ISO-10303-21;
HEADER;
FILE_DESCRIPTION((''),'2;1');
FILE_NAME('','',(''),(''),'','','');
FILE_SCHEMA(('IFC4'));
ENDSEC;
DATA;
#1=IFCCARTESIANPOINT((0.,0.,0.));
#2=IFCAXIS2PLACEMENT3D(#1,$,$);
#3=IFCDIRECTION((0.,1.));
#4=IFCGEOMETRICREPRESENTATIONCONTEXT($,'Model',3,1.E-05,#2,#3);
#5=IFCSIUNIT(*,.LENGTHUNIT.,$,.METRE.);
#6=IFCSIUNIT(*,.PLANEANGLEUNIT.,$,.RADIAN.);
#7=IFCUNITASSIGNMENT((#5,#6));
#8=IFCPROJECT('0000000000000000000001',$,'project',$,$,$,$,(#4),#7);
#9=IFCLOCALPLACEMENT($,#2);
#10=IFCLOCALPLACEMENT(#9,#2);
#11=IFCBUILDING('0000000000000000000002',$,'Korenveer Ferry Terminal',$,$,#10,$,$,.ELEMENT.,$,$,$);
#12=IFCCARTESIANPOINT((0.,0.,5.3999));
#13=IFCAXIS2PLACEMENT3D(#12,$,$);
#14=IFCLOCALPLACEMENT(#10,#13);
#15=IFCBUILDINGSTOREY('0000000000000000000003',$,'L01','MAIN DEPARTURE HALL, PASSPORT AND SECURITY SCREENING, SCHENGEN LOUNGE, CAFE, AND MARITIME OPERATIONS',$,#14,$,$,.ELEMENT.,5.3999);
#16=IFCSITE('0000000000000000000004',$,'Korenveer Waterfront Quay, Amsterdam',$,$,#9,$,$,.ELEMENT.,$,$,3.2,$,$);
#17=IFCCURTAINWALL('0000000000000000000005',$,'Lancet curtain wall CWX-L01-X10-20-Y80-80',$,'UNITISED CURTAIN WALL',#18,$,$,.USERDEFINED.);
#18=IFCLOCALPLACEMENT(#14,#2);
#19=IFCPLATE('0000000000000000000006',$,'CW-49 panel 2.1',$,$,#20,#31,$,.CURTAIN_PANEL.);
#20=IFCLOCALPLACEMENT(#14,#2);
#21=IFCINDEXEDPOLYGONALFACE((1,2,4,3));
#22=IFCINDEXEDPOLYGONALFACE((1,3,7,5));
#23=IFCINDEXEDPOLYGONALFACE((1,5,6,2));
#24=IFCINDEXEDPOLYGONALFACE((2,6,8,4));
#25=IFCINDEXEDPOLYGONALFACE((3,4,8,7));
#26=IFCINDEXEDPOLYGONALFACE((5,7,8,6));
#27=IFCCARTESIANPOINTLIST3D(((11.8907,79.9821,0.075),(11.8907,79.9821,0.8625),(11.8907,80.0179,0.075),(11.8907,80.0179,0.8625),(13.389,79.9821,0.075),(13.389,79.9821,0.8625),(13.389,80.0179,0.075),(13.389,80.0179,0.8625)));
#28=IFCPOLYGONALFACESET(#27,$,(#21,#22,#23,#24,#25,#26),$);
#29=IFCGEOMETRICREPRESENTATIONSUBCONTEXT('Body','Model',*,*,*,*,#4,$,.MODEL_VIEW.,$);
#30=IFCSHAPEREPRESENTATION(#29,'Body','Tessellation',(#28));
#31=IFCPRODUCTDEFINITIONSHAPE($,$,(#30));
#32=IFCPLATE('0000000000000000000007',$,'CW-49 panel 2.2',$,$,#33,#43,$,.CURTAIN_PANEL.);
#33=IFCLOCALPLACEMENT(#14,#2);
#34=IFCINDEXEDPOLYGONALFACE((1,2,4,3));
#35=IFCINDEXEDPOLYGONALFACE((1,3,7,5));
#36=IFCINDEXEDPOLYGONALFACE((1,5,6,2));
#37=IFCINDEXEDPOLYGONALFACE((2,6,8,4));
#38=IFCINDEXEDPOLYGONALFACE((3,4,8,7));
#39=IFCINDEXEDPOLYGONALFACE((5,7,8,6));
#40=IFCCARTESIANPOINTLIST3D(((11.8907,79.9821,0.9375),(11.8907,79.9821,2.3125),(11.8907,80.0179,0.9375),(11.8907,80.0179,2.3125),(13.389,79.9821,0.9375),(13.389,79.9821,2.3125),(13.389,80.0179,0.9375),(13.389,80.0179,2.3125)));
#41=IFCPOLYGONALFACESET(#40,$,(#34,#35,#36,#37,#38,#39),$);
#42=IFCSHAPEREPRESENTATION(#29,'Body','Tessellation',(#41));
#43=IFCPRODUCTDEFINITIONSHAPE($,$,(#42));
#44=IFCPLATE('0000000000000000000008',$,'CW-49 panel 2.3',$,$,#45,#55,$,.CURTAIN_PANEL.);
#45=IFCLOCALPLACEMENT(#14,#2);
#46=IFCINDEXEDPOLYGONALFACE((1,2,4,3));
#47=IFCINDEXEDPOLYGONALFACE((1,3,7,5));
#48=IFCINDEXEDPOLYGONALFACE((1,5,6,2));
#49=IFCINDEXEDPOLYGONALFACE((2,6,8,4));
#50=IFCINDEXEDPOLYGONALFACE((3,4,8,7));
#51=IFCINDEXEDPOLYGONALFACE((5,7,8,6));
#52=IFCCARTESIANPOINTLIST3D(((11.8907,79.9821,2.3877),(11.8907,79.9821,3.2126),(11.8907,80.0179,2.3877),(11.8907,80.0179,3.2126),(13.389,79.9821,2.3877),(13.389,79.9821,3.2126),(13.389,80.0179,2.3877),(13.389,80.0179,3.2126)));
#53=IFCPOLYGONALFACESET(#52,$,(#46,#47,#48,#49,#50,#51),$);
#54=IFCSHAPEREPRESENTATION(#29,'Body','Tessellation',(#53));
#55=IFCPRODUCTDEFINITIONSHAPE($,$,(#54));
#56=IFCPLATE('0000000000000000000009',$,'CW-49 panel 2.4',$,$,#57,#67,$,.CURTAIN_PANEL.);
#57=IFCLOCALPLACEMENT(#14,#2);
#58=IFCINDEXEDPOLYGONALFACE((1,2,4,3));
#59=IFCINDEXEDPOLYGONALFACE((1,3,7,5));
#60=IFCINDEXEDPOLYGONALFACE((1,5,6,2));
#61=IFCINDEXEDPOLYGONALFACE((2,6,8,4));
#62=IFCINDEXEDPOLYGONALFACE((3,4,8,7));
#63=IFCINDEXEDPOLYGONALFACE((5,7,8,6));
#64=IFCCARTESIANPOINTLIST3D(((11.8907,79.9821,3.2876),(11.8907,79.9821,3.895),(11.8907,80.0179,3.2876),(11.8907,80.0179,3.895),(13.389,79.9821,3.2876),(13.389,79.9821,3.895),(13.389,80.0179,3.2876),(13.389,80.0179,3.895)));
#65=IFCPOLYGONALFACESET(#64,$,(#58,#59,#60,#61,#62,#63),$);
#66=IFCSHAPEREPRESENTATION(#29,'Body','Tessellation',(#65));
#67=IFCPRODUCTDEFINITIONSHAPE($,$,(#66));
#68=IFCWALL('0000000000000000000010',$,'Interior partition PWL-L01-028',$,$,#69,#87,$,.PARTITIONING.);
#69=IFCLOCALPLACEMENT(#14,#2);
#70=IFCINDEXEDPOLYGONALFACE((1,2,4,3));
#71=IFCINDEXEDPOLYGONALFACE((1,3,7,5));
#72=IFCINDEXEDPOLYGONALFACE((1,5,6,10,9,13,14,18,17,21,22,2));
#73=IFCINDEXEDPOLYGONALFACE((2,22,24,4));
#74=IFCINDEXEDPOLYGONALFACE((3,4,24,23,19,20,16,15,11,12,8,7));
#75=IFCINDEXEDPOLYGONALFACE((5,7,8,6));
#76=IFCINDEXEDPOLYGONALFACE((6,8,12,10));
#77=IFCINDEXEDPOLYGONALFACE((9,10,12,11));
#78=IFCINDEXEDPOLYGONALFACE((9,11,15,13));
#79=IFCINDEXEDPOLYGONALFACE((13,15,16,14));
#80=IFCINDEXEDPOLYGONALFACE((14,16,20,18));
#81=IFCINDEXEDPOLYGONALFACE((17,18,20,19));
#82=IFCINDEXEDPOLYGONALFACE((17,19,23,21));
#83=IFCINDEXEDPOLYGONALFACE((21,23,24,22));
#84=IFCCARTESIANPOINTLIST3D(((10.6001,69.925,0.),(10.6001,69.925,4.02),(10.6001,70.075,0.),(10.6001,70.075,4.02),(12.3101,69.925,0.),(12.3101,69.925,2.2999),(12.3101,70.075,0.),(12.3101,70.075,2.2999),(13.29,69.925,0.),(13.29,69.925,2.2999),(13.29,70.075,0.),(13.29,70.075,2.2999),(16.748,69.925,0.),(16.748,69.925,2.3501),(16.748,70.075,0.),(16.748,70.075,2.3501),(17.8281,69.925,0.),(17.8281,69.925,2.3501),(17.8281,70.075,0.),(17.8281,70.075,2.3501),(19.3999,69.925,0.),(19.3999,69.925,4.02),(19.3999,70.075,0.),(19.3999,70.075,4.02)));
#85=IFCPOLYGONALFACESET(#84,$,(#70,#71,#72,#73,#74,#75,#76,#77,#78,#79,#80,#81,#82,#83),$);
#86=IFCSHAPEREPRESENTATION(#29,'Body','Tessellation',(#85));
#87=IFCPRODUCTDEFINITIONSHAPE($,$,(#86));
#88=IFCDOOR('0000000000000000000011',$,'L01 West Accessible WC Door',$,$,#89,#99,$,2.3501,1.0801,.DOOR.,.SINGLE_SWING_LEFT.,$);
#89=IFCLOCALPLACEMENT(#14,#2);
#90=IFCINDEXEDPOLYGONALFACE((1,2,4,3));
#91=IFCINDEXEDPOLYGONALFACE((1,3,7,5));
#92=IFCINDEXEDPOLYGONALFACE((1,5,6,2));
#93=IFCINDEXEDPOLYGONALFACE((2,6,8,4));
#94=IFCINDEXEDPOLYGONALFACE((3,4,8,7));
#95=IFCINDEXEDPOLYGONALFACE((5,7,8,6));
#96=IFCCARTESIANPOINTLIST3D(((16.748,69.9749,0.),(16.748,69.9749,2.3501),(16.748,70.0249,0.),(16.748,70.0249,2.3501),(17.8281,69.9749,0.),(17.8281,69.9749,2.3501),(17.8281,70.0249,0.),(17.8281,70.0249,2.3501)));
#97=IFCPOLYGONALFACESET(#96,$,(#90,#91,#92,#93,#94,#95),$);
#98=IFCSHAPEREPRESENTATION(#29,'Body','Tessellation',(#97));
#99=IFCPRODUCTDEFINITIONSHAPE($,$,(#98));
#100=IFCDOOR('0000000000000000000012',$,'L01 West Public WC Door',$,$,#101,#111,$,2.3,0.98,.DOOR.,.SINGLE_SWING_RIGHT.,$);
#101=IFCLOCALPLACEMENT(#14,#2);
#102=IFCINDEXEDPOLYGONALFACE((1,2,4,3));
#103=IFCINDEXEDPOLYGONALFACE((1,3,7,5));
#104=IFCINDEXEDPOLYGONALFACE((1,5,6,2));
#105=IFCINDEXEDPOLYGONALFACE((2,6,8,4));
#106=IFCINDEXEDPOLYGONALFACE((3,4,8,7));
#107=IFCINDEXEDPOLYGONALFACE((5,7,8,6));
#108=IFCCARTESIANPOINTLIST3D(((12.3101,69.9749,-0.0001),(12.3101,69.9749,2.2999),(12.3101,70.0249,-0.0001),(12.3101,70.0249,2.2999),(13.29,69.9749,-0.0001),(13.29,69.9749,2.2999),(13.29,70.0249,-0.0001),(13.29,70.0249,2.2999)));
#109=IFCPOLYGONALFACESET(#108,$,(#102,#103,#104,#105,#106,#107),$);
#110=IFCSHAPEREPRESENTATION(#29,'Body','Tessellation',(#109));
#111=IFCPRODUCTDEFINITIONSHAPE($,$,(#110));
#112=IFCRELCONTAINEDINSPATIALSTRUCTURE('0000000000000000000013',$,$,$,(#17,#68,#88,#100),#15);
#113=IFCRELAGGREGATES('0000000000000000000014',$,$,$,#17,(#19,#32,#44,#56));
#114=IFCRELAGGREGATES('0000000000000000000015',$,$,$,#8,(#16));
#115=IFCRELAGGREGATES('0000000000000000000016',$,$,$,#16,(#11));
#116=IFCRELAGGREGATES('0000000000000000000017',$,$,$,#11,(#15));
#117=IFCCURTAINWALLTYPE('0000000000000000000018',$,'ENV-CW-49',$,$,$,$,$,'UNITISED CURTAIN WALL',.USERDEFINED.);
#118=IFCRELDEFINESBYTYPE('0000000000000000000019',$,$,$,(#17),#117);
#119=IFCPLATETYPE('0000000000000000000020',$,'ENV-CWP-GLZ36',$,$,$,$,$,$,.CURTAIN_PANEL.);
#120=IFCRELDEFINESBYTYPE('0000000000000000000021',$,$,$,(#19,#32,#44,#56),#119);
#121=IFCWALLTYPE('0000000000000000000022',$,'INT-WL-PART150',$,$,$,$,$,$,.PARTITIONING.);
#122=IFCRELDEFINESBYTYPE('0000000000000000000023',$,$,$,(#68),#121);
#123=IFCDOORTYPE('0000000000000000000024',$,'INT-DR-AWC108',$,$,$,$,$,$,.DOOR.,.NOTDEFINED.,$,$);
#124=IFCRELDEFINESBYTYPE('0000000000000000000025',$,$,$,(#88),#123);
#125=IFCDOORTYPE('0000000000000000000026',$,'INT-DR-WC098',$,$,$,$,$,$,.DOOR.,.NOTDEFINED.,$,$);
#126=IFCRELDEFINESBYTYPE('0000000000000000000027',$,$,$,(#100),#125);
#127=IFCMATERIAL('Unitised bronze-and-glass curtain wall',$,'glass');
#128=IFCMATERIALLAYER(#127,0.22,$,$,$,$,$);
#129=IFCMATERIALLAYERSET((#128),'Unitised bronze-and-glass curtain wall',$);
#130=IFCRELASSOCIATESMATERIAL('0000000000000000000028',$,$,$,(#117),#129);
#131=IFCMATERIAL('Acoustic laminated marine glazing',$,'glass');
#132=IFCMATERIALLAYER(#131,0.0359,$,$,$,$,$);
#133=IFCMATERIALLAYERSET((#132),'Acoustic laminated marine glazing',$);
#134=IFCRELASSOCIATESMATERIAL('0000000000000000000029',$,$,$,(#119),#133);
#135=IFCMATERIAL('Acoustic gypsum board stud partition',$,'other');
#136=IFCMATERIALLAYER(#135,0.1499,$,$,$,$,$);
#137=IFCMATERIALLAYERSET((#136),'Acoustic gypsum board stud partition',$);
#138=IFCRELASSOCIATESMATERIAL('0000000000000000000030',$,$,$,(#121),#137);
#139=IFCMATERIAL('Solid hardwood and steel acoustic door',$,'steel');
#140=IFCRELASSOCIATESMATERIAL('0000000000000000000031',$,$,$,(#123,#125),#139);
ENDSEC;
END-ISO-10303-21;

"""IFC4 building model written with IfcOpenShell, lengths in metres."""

from ifc_helpers import new_model, si_unit, direction, frame, frame_2d, origin, origin_2d, place, context, subcontext, project, spatial, rectangle, extrude, material, layer, layer_set, type_object, element, fill, aggregate, save


model = new_model("IFC4")

# Units and contexts
model_context = context("Model", 3, precision=1e-05, world=origin(), true_north=direction((0.0, 1.0)))
body_context = subcontext(model_context, "Body", "Model", "MODEL_VIEW")
ifc_project = project(units=[si_unit("LENGTHUNIT", "METRE"), si_unit("PLANEANGLEUNIT", "RADIAN")], contexts=[model_context])

# Site, building, storey
site_placement = place(None, origin())
site = spatial("IfcSite", under=ifc_project, at=site_placement, Name="Korenveer Waterfront Quay, Amsterdam", CompositionType="ELEMENT", RefElevation=3.2)
building_placement = place(site_placement, origin())
building = spatial("IfcBuilding", under=site, at=building_placement, Name="Korenveer Ferry Terminal", CompositionType="ELEMENT")
storey_placement = place(building_placement, frame((0.0, 0.0, 5.3999)))
storey = spatial("IfcBuildingStorey", under=building, at=storey_placement, Name="L01", Description="MAIN DEPARTURE HALL, PASSPORT AND SECURITY SCREENING, SCHENGEN LOUNGE, CAFE, AND MARITIME OPERATIONS", CompositionType="ELEMENT", Elevation=5.3999)

# Shared definitions
ifc_material_1 = material(Name="Unitised bronze-and-glass curtain wall", Category="glass")

# Curtain wall
ifc_layer_1 = layer(ifc_material_1, 0.22)
ifc_layer_set_1 = layer_set([ifc_layer_1], Name="Unitised bronze-and-glass curtain wall")
curtain_wall_type_1 = type_object("IfcCurtainWallType", Name="ENV-CW-49", ElementType="UNITISED CURTAIN WALL", PredefinedType="USERDEFINED", material=ifc_layer_set_1)
curtain_wall_1_placement = place(storey_placement, frame((10.28, 80.0, 0.0)))
curtain_wall_1 = element("IfcCurtainWall", 1, at=curtain_wall_1_placement, inside=storey, type_object=curtain_wall_type_1, Name="Lancet curtain wall CWX-L01-X10-20-Y80-80", ObjectType="UNITISED CURTAIN WALL", PredefinedType="USERDEFINED")

# Plates
ifc_material_2 = material(Name="Acoustic laminated marine glazing", Category="glass")
ifc_layer_2 = layer(ifc_material_2, 0.0359)
ifc_layer_set_2 = layer_set([ifc_layer_2], Name="Acoustic laminated marine glazing")
plate_type = type_object("IfcPlateType", Name="ENV-CWP-GLZ36", PredefinedType="CURTAIN_PANEL", material=ifc_layer_set_2)
plate_1_placement = place(storey_placement, frame((12.6399, 80.0, 0.075), z_axis=(0.0, 0.0, 1.0), x_axis=(1.0, 0.0, 0.0)))
plate_1 = element("IfcPlate", 2, at=plate_1_placement, type_object=plate_type, Name="CW-49 panel 2.1", PredefinedType="CURTAIN_PANEL", context=body_context, shape_type="SweptSolid", body=[
    extrude(rectangle(XDim=1.4983, YDim=0.0359, at=origin_2d()), origin(), (0.0, 0.0, 1.0), 0.7876),
])
plate_2_placement = place(storey_placement, frame((12.6399, 80.0, 0.9375), z_axis=(0.0, 0.0, 1.0), x_axis=(1.0, 0.0, 0.0)))
plate_2 = element("IfcPlate", 3, at=plate_2_placement, type_object=plate_type, Name="CW-49 panel 2.2", PredefinedType="CURTAIN_PANEL", context=body_context, shape_type="SweptSolid", body=[
    extrude(rectangle(XDim=1.4983, YDim=0.0359, at=origin_2d()), origin(), (0.0, 0.0, 1.0), 1.375),
])
plate_3_placement = place(storey_placement, frame((12.6399, 80.0, 2.3877), z_axis=(0.0, 0.0, 1.0), x_axis=(1.0, 0.0, 0.0)))
plate_3 = element("IfcPlate", 4, at=plate_3_placement, type_object=plate_type, Name="CW-49 panel 2.3", PredefinedType="CURTAIN_PANEL", context=body_context, shape_type="SweptSolid", body=[
    extrude(rectangle(XDim=1.4983, YDim=0.0359, at=origin_2d()), origin(), (0.0, 0.0, 1.0), 0.825),
])
plate_4_placement = place(storey_placement, frame((12.6399, 80.0, 3.2876), z_axis=(0.0, 0.0, 1.0), x_axis=(1.0, 0.0, 0.0)))
plate_4 = element("IfcPlate", 5, at=plate_4_placement, type_object=plate_type, Name="CW-49 panel 2.4", PredefinedType="CURTAIN_PANEL", context=body_context, shape_type="SweptSolid", body=[
    extrude(rectangle(XDim=1.4983, YDim=0.0359, at=origin_2d()), origin(), (0.0, 0.0, 1.0), 0.6074),
])
aggregate(curtain_wall_1, [plate_1, plate_2, plate_3, plate_4])

# Wall, openings, doors
ifc_material_3 = material(Name="Acoustic gypsum board stud partition", Category="other")
ifc_layer_3 = layer(ifc_material_3, 0.1499)
ifc_layer_set_3 = layer_set([ifc_layer_3], Name="Acoustic gypsum board stud partition")
wall_type = type_object("IfcWallType", Name="INT-WL-PART150", PredefinedType="PARTITIONING", material=ifc_layer_set_3)
wall_placement = place(storey_placement, frame((10.6001, 70.0, 0.0), z_axis=(0.0, 0.0, 1.0), x_axis=(1.0, 0.0, 0.0)))
wall = element("IfcWall", 6, at=wall_placement, inside=storey, type_object=wall_type, Name="Interior partition PWL-L01-028", PredefinedType="PARTITIONING", context=body_context, shape_type="SweptSolid", body=[
    extrude(rectangle(XDim=8.7998, YDim=0.1499, at=frame_2d((4.3999, 0.0))), origin(), (0.0, 0.0, 1.0), 4.02),
])
opening_1_placement = place(wall_placement, frame((1.71, 0.0, 0.0)))
opening_1 = element("IfcOpeningElement", 7, at=opening_1_placement, cuts=wall, PredefinedType="OPENING", context=body_context, shape_type="SweptSolid", body=[
    extrude(rectangle(XDim=0.98, YDim=2.3, at=frame_2d((0.49, 1.1499))), frame((0.0, 0.085, 0.0), z_axis=(0.0, -1.0, 0.0), x_axis=(1.0, 0.0, 0.0)), (0.0, 0.0, 1.0), 0.1699),
])
opening_2_placement = place(wall_placement, frame((6.1479, 0.0, 0.0)))
opening_2 = element("IfcOpeningElement", 8, at=opening_2_placement, cuts=wall, PredefinedType="OPENING", context=body_context, shape_type="SweptSolid", body=[
    extrude(rectangle(XDim=1.0801, YDim=2.3501, at=frame_2d((0.54, 1.175))), frame((0.0, 0.085, 0.0), z_axis=(0.0, -1.0, 0.0), x_axis=(1.0, 0.0, 0.0)), (0.0, 0.0, 1.0), 0.1699),
])
ifc_material_4 = material(Name="Solid hardwood and steel acoustic door", Category="steel")
door_type_1 = type_object("IfcDoorType", Name="INT-DR-AWC108", OperationType="NOTDEFINED", PredefinedType="DOOR", material=ifc_material_4)
door_1_placement = place(opening_2_placement, origin())
door_1 = element("IfcDoor", 9, at=door_1_placement, inside=storey, type_object=door_type_1, Name="L01 West Accessible WC Door", OperationType="SINGLE_SWING_LEFT", OverallHeight=2.3501, OverallWidth=1.0801, PredefinedType="DOOR", context=body_context, shape_type="SweptSolid", body=[
    extrude(rectangle(XDim=1.0801, YDim=2.3501, at=frame_2d((0.54, 1.175))), frame((0.0, 0.0249, 0.0), z_axis=(0.0, -1.0, 0.0), x_axis=(1.0, 0.0, 0.0)), (0.0, 0.0, 1.0), 0.05),
])
fill(opening_2, door_1)
door_type_2 = type_object("IfcDoorType", Name="INT-DR-WC098", OperationType="NOTDEFINED", PredefinedType="DOOR", material=ifc_material_4)
door_2_placement = place(opening_1_placement, origin())
door_2 = element("IfcDoor", 10, at=door_2_placement, inside=storey, type_object=door_type_2, Name="L01 West Public WC Door", OperationType="SINGLE_SWING_RIGHT", OverallHeight=2.3, OverallWidth=0.98, PredefinedType="DOOR", context=body_context, shape_type="SweptSolid", body=[
    extrude(rectangle(XDim=0.98, YDim=2.3, at=frame_2d((0.49, 1.1499))), frame((0.0, 0.0249, 0.0), z_axis=(0.0, -1.0, 0.0), x_axis=(1.0, 0.0, 0.0)), (0.0, 0.0, 1.0), 0.05),
])
fill(opening_1, door_2)

save(model, "model.ifc")
